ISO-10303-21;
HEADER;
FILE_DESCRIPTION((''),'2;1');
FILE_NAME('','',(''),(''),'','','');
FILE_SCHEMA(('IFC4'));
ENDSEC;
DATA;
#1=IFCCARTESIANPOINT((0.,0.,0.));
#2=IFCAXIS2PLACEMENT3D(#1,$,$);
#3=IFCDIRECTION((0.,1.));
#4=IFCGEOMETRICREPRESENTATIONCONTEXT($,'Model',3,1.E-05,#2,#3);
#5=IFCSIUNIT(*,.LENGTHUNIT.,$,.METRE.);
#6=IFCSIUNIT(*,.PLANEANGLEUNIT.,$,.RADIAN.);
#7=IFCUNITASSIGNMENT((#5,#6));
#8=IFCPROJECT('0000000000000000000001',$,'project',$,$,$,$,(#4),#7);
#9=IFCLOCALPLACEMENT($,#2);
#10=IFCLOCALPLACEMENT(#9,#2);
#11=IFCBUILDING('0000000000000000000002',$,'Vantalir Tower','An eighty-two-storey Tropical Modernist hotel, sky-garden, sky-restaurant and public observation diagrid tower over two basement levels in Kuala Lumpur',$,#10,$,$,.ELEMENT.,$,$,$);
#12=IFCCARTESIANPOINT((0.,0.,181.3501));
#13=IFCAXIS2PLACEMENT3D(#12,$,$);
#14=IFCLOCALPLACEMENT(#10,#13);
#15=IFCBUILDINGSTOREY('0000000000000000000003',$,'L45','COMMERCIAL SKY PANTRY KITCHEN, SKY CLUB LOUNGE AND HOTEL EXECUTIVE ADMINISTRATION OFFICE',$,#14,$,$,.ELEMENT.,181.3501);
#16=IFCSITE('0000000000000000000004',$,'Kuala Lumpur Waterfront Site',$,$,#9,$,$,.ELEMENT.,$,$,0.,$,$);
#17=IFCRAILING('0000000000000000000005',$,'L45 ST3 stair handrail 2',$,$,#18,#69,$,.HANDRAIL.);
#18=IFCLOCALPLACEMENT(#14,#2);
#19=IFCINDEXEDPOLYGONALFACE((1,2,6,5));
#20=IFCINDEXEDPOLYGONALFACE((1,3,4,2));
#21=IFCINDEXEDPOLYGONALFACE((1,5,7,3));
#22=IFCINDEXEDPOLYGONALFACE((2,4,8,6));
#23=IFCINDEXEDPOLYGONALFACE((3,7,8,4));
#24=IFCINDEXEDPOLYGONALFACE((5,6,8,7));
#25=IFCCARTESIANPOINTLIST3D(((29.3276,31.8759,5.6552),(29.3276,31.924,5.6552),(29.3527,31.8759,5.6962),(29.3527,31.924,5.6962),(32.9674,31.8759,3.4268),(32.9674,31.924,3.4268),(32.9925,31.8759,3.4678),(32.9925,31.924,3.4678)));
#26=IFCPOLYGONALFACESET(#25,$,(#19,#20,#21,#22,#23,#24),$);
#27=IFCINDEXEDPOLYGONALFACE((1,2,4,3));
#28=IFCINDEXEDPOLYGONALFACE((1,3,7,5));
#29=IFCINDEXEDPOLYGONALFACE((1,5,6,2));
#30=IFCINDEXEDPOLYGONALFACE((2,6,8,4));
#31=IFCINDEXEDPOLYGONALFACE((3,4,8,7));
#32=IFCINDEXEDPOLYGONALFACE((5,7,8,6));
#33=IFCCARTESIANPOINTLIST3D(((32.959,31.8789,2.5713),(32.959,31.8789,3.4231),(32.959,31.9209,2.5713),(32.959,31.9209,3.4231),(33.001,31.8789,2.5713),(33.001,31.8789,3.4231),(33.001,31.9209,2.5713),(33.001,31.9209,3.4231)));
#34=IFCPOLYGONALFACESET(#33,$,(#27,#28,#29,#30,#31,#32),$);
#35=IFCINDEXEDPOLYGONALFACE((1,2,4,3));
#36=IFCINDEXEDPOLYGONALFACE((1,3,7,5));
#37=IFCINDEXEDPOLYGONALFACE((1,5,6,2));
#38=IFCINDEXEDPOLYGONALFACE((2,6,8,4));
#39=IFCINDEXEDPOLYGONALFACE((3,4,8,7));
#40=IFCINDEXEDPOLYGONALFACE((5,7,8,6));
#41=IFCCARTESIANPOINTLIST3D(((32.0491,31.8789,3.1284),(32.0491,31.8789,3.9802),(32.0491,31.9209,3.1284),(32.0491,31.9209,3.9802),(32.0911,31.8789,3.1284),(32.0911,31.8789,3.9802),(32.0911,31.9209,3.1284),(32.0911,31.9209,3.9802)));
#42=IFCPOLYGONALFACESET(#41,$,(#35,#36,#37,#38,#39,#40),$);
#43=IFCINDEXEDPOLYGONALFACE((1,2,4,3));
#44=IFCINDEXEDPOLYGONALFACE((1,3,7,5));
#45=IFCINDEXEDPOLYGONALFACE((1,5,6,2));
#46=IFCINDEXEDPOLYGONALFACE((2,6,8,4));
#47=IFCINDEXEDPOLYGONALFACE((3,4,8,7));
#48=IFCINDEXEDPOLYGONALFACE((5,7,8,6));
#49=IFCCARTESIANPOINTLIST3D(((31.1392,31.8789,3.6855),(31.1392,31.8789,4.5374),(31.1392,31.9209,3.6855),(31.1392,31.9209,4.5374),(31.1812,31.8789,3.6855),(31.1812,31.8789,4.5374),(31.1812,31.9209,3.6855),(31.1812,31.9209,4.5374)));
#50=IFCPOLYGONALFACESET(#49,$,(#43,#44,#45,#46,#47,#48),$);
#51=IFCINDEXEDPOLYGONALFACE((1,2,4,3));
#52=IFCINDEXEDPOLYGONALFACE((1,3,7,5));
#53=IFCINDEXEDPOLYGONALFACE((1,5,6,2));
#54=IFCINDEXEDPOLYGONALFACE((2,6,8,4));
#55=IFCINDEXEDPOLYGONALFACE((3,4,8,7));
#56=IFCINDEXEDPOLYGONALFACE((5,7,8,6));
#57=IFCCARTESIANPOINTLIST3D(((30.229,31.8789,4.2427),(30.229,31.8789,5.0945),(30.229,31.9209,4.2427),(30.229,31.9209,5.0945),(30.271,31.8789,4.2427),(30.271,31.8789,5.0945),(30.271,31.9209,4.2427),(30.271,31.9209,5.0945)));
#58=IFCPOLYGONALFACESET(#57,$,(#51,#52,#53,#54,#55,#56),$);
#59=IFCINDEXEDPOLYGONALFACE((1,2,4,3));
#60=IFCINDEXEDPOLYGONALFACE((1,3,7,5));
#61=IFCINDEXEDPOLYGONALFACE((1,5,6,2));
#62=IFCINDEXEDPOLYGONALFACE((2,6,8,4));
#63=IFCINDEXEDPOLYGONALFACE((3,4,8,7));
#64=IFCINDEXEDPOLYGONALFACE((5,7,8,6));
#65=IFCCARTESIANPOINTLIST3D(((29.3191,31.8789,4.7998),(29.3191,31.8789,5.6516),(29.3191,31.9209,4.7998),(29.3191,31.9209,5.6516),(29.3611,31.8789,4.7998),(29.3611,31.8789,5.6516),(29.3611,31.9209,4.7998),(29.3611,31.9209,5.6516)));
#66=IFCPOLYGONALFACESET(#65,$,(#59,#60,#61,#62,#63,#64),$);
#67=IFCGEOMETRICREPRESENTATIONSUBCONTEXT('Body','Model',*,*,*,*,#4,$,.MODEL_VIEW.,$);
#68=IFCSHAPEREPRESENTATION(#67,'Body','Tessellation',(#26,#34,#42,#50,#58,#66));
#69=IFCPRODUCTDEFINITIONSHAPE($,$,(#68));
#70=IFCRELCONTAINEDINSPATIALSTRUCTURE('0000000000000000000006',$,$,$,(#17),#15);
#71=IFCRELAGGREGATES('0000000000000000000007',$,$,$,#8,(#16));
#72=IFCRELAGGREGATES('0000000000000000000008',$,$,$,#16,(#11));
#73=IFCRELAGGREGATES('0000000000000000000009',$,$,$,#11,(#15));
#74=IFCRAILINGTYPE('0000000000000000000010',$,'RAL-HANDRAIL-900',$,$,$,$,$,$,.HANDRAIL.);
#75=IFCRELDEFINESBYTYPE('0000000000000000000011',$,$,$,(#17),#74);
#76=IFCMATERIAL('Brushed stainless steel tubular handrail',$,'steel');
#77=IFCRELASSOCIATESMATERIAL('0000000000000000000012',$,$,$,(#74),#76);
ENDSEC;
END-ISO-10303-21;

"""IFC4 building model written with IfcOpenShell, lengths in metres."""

from ifc_helpers import new_model, si_unit, direction, frame, origin, origin_2d, place, context, subcontext, project, spatial, rectangle, extrude, material, type_object, element, save


model = new_model("IFC4")

# Units and contexts
model_context = context("Model", 3, precision=1e-05, world=origin(), true_north=direction((0.0, 1.0)))
body_context = subcontext(model_context, "Body", "Model", "MODEL_VIEW")
ifc_project = project(units=[si_unit("LENGTHUNIT", "METRE"), si_unit("PLANEANGLEUNIT", "RADIAN")], contexts=[model_context])

# Site, building, storey
site_placement = place(None, origin())
site = spatial("IfcSite", under=ifc_project, at=site_placement, Name="Kuala Lumpur Waterfront Site", CompositionType="ELEMENT", RefElevation=0.0)
building_placement = place(site_placement, origin())
building = spatial("IfcBuilding", under=site, at=building_placement, Name="Vantalir Tower", Description="An eighty-two-storey Tropical Modernist hotel, sky-garden, sky-restaurant and public observation diagrid tower over two basement levels in Kuala Lumpur", CompositionType="ELEMENT")
storey_placement = place(building_placement, frame((0.0, 0.0, 181.3501)))
storey = spatial("IfcBuildingStorey", under=building, at=storey_placement, Name="L45", Description="COMMERCIAL SKY PANTRY KITCHEN, SKY CLUB LOUNGE AND HOTEL EXECUTIVE ADMINISTRATION OFFICE", CompositionType="ELEMENT", Elevation=181.3501)

# Railing
ifc_material_1 = material(Name="Brushed stainless steel tubular handrail", Category="steel")
railing_type_1 = type_object("IfcRailingType", Name="RAL-HANDRAIL-900", PredefinedType="HANDRAIL", material=ifc_material_1)
railing_1_placement = place(storey_placement, frame((32.98, 31.8999, 2.5713)))
element("IfcRailing", 1, at=railing_1_placement, inside=storey, type_object=railing_type_1, Name="L45 ST3 stair handrail 2", PredefinedType="HANDRAIL", context=body_context, shape_type="SweptSolid", body=[
    extrude(rectangle(XDim=0.0481, YDim=0.0481, at=origin_2d()), frame((0.0, 0.0, 0.876), z_axis=(-0.85285, 0.0, 0.522156), x_axis=(0.0, -1.0, 0.0)), (0.0, 0.0, 1.0), 4.2678),
    extrude(rectangle(XDim=0.042, YDim=0.042, at=origin_2d()), origin(), (0.0, 0.0, 1.0), 0.8518),
    extrude(rectangle(XDim=0.042, YDim=0.042, at=origin_2d()), frame((-0.9099, 0.0, 0.5571)), (0.0, 0.0, 1.0), 0.8518),
    extrude(rectangle(XDim=0.042, YDim=0.042, at=origin_2d()), frame((-1.8198, 0.0, 1.1143)), (0.0, 0.0, 1.0), 0.8518),
    extrude(rectangle(XDim=0.042, YDim=0.042, at=origin_2d()), frame((-2.73, 0.0, 1.6714)), (0.0, 0.0, 1.0), 0.8518),
    extrude(rectangle(XDim=0.042, YDim=0.042, at=origin_2d()), frame((-3.6399, 0.0, 2.2285)), (0.0, 0.0, 1.0), 0.8518),
])

save(model, "model.ifc")
